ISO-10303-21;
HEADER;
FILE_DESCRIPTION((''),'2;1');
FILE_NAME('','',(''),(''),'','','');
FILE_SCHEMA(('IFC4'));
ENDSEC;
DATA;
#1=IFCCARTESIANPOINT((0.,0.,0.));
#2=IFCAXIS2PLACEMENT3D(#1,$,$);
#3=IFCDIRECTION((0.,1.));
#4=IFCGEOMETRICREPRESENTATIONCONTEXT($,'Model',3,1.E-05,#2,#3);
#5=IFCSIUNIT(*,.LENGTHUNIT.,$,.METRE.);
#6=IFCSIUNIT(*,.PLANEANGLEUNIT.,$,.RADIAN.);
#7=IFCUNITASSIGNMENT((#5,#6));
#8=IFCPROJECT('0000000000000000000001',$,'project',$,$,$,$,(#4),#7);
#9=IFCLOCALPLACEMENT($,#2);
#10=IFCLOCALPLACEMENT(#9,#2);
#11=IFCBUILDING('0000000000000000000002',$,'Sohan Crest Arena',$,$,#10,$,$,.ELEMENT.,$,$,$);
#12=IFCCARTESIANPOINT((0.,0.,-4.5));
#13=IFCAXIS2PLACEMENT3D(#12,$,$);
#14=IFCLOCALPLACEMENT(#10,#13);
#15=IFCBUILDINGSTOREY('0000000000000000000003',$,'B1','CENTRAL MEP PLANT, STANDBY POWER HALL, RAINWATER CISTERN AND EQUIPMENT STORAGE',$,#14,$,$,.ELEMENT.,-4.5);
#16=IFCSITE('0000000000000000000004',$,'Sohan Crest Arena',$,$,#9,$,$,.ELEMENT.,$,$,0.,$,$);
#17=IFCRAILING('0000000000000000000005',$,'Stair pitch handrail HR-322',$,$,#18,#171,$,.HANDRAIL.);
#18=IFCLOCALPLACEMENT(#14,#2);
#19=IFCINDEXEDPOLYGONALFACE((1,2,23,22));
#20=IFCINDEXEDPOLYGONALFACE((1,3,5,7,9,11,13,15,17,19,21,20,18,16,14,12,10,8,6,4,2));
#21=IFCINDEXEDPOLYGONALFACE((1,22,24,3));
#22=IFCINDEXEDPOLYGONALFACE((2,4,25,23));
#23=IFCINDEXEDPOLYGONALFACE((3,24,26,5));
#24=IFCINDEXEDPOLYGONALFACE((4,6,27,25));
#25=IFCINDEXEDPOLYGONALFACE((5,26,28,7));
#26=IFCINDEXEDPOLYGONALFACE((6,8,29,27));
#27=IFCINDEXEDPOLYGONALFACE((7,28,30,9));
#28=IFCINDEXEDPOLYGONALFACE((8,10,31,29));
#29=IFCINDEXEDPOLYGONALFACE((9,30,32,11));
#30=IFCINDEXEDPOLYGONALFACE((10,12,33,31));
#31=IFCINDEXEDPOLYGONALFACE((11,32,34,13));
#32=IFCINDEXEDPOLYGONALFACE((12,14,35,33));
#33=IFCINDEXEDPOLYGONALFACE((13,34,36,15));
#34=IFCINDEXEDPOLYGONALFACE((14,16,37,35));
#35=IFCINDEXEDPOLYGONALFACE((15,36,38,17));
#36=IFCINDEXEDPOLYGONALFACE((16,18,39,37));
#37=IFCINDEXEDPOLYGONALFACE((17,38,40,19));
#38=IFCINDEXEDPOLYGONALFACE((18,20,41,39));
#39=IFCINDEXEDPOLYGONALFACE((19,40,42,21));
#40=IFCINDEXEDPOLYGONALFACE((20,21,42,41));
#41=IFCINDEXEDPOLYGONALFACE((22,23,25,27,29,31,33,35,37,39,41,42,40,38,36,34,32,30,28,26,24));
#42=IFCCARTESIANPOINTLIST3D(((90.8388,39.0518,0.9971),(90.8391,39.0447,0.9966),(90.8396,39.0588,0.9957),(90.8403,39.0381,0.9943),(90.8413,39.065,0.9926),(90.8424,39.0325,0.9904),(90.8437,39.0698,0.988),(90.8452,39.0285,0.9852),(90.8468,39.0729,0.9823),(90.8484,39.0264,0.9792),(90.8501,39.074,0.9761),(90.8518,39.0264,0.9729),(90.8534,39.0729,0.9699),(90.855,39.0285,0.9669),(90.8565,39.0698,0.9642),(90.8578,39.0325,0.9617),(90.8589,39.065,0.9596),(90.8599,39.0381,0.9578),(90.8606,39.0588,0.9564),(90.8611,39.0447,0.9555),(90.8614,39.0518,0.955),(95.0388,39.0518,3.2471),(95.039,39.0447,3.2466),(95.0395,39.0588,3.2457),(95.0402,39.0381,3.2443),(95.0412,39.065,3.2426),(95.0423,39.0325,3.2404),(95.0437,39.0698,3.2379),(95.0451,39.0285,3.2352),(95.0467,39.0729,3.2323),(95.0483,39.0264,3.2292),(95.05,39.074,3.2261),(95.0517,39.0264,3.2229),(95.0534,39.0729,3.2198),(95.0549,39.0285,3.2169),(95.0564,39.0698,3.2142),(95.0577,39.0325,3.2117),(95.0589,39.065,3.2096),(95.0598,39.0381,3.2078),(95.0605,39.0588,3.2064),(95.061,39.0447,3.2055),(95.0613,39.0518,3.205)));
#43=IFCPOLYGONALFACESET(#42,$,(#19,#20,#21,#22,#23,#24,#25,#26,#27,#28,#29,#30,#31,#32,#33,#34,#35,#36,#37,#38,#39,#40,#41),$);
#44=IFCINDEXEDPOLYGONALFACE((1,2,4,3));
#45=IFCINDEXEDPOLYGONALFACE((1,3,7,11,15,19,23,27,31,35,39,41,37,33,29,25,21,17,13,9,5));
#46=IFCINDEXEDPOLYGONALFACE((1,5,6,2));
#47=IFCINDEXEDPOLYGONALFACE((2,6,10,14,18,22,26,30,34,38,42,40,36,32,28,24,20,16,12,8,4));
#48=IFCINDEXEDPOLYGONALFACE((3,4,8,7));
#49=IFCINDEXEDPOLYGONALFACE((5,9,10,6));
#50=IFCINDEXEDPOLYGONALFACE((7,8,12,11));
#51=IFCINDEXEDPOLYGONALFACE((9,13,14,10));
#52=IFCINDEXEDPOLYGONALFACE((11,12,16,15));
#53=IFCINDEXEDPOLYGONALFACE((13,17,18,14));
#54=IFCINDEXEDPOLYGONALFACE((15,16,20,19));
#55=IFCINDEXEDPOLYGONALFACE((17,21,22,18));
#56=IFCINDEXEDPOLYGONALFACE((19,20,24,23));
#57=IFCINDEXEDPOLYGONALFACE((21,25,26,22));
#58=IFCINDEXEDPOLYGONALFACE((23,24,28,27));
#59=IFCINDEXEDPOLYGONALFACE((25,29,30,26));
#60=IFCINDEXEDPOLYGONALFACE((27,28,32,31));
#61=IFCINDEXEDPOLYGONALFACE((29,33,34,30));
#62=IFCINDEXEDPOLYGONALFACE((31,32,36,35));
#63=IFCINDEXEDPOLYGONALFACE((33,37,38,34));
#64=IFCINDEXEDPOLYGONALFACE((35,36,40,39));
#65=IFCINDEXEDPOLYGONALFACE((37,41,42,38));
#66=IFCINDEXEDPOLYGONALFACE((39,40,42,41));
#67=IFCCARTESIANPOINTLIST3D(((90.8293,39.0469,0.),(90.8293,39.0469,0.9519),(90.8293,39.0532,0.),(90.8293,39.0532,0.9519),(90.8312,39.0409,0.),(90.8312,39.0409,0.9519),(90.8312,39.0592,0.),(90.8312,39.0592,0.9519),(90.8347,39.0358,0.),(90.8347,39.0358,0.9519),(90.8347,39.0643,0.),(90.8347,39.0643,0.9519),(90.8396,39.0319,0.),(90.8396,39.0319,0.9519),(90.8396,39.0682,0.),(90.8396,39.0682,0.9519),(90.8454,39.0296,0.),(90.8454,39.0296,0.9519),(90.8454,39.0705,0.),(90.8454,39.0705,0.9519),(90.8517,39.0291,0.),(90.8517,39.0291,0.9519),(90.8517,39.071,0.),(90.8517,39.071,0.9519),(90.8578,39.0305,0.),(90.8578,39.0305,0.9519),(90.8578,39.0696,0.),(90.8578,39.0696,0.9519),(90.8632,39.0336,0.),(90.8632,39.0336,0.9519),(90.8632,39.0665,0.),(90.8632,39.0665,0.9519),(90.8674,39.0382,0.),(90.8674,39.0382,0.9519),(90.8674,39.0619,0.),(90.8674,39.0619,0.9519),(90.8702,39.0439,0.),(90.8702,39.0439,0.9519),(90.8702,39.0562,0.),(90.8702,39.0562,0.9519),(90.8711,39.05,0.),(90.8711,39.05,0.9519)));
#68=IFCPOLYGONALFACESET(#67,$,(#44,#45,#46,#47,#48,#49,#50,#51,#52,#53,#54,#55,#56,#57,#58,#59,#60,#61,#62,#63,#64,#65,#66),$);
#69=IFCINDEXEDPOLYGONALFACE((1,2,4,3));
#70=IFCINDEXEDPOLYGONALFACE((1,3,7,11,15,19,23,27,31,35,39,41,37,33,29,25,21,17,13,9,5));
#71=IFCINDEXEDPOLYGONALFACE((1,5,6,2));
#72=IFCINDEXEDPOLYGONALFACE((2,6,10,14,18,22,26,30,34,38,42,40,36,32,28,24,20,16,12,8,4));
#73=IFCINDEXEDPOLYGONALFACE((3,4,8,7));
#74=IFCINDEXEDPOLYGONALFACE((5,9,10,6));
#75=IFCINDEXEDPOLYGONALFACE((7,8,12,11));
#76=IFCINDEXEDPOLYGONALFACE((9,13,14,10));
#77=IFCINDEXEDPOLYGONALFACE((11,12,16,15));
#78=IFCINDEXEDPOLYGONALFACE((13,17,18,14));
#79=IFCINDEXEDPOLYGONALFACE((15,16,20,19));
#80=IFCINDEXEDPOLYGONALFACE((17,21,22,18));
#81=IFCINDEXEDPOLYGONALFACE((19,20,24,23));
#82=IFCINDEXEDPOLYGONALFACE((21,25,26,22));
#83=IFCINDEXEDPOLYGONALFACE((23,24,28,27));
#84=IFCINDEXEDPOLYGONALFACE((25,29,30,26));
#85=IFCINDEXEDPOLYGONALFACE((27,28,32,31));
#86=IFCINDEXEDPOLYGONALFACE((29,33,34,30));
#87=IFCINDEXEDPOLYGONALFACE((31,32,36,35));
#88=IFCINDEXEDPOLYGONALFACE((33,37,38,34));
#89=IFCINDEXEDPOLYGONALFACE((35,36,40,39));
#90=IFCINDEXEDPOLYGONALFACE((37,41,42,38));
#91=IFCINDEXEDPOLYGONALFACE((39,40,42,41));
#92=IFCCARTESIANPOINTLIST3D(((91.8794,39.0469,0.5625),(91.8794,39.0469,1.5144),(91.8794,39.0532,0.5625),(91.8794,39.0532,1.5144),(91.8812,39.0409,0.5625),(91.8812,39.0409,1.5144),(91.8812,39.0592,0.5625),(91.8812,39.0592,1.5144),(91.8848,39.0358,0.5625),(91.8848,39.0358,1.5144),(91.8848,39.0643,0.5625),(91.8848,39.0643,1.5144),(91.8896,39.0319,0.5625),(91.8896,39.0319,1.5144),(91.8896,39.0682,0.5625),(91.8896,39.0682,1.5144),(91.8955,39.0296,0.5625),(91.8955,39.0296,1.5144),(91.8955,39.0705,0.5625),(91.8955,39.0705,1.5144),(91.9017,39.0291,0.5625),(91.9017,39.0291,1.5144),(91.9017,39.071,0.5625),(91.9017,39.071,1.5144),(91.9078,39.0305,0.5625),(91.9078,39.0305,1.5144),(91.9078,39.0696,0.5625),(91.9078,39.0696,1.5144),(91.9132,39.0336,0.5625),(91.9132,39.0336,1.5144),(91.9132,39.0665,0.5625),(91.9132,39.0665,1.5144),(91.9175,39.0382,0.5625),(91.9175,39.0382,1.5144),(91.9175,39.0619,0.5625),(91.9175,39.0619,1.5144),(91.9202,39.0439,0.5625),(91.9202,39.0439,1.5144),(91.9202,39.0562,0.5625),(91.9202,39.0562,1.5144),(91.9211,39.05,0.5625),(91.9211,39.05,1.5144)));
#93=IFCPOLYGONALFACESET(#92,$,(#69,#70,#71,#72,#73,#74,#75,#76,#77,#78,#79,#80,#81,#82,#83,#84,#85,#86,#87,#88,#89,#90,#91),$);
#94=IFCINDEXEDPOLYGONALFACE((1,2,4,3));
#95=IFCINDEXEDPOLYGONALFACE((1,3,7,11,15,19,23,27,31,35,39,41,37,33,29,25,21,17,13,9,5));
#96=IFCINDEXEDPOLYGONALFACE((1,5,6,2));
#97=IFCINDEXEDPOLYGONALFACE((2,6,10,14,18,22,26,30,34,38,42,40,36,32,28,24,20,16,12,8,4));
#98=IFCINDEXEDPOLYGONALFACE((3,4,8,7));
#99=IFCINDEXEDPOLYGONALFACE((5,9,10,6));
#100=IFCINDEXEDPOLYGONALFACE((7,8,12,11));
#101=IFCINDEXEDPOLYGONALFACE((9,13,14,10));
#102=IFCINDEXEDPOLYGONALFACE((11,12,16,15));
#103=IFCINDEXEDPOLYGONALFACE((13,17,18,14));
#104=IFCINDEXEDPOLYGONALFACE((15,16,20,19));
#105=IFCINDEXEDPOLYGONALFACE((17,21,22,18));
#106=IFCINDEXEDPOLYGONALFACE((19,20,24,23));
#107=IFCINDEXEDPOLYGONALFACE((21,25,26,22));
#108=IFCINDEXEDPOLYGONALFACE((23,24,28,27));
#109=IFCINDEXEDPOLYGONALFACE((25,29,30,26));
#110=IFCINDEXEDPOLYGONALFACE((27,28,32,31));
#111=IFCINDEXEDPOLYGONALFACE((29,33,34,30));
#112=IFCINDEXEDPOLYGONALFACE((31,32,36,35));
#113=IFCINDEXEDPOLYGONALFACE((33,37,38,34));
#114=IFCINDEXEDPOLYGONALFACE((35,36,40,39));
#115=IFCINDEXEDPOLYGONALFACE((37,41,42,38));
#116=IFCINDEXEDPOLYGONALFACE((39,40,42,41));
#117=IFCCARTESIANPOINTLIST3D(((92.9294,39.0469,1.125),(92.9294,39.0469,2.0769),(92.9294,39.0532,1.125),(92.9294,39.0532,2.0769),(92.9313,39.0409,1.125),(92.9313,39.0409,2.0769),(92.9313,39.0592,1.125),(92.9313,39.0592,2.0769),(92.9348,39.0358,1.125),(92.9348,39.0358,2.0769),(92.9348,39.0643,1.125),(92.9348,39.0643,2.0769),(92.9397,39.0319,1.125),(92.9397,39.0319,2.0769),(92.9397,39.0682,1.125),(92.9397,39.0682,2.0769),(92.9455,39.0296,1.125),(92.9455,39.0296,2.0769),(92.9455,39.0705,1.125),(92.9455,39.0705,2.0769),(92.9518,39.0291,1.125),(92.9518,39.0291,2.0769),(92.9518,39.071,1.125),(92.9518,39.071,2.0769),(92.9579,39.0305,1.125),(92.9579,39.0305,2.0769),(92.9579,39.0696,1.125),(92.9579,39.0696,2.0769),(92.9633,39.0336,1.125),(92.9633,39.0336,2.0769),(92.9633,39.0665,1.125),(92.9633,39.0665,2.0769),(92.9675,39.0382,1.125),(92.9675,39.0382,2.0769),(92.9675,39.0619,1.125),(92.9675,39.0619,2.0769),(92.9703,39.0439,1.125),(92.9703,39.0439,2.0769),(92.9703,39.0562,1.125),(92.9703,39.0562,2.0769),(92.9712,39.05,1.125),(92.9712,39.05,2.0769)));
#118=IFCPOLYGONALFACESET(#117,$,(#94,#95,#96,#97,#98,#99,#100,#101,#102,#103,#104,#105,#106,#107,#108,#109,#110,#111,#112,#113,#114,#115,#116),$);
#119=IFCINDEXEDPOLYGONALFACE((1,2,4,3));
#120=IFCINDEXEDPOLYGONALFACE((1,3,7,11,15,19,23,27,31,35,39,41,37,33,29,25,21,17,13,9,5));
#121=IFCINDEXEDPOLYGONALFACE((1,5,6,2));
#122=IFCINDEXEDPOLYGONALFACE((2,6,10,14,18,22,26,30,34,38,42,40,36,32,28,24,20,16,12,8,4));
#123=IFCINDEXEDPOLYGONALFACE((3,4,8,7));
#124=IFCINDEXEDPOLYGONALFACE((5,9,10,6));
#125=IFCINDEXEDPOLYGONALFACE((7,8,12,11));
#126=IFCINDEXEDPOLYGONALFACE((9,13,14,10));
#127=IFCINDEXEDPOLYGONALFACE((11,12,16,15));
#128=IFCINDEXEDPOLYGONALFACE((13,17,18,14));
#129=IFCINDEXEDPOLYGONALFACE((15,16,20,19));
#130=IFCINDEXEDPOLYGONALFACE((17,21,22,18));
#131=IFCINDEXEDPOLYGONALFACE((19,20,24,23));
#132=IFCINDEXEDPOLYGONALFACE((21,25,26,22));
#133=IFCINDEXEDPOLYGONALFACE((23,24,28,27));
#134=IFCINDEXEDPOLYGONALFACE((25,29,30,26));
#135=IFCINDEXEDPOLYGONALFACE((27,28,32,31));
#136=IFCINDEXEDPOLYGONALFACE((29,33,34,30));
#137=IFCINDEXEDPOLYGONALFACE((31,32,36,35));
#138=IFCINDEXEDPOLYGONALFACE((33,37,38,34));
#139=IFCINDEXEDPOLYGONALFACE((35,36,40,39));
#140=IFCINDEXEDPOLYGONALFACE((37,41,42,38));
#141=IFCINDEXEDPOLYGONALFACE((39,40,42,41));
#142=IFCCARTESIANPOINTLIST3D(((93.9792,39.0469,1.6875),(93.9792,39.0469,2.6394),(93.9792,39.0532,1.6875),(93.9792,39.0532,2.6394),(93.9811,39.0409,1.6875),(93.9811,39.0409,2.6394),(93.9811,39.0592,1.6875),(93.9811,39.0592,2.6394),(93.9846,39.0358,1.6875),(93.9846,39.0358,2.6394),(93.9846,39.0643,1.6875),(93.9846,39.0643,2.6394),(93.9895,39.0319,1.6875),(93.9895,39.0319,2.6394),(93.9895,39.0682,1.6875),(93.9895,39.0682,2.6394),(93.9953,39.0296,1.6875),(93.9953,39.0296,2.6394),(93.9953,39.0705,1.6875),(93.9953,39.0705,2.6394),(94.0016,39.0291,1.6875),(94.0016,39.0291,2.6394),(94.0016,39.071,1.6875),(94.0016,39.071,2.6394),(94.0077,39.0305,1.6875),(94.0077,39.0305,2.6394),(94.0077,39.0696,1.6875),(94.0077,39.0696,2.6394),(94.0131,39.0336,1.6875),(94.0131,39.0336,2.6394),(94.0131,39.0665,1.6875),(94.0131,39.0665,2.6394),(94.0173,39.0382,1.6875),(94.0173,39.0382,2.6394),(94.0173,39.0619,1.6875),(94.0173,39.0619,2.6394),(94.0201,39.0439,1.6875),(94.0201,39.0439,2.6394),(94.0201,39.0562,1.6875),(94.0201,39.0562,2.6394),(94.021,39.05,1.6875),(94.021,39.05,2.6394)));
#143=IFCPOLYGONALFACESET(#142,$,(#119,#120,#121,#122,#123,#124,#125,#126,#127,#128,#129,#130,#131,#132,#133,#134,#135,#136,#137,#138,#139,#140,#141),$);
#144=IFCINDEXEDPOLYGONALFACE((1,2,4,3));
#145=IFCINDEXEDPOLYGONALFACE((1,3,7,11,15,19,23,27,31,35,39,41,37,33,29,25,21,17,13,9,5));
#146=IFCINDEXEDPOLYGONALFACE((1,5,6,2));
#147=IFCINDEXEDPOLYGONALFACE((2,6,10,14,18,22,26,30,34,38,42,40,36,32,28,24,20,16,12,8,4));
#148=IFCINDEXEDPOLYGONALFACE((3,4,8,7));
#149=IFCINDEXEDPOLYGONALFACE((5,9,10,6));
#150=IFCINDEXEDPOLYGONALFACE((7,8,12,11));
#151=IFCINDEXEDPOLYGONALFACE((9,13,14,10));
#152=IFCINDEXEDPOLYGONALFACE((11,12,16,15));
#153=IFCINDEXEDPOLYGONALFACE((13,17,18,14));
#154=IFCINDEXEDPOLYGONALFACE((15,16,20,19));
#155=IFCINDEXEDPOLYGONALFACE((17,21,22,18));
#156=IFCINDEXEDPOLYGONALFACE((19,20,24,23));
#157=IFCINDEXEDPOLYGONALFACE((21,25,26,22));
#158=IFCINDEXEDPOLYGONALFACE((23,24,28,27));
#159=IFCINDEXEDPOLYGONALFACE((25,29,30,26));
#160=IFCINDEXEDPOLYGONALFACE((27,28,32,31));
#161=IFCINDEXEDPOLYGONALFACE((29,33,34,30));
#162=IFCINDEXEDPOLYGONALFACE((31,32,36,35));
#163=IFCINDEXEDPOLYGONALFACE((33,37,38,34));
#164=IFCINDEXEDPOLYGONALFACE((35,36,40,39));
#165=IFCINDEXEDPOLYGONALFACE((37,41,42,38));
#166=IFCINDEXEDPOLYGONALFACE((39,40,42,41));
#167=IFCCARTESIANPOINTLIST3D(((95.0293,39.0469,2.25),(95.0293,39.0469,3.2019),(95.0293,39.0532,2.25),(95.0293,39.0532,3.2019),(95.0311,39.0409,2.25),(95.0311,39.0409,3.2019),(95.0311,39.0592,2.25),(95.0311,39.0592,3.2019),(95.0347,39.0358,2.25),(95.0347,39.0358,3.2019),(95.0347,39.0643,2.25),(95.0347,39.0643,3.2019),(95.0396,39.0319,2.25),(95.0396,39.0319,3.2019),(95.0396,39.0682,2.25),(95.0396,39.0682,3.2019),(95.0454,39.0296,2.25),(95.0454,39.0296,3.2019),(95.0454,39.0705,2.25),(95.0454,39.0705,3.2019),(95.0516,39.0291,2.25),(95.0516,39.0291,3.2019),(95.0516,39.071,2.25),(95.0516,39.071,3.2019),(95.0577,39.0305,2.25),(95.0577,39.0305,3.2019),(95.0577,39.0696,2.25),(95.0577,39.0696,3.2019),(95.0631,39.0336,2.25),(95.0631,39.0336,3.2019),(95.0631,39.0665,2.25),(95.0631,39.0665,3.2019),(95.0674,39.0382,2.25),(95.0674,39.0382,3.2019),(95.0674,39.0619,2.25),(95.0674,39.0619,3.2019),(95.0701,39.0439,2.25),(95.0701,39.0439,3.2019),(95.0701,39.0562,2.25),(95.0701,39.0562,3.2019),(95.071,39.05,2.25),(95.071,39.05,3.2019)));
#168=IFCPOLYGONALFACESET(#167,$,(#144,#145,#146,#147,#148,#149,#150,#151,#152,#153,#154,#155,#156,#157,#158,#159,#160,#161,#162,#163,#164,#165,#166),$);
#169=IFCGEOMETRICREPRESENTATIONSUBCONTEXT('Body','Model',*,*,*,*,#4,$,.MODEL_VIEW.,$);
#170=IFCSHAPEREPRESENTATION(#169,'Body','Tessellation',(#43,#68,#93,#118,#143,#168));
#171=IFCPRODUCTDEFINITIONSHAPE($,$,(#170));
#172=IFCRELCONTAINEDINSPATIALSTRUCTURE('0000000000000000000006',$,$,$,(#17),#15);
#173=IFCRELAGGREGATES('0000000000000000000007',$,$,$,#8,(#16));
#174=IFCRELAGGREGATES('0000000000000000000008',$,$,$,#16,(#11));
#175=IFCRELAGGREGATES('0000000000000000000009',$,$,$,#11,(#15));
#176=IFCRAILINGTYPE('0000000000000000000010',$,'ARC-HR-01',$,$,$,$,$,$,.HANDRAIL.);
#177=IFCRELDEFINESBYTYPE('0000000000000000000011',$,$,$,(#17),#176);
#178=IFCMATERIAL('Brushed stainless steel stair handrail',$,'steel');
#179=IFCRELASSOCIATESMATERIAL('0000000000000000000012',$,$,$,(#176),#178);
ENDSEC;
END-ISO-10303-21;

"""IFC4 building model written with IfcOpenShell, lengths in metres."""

from ifc_helpers import new_model, si_unit, direction, frame, origin, origin_2d, place, context, subcontext, project, spatial, circle, extrude, material, type_object, element, save


model = new_model("IFC4")

# Units and contexts
model_context = context("Model", 3, precision=1e-05, world=origin(), true_north=direction((0.0, 1.0)))
body_context = subcontext(model_context, "Body", "Model", "MODEL_VIEW")
ifc_project = project(units=[si_unit("LENGTHUNIT", "METRE"), si_unit("PLANEANGLEUNIT", "RADIAN")], contexts=[model_context])

# Site, building, storey
site_placement = place(None, origin())
site = spatial("IfcSite", under=ifc_project, at=site_placement, Name="Sohan Crest Arena", CompositionType="ELEMENT", RefElevation=0.0)
building_placement = place(site_placement, origin())
building = spatial("IfcBuilding", under=site, at=building_placement, Name="Sohan Crest Arena", CompositionType="ELEMENT")
storey_placement = place(building_placement, frame((0.0, 0.0, -4.5)))
storey = spatial("IfcBuildingStorey", under=building, at=storey_placement, Name="B1", Description="CENTRAL MEP PLANT, STANDBY POWER HALL, RAINWATER CISTERN AND EQUIPMENT STORAGE", CompositionType="ELEMENT", Elevation=-4.5)

# Railing
ifc_material_1 = material(Name="Brushed stainless steel stair handrail", Category="steel")
railing_type_1 = type_object("IfcRailingType", Name="ARC-HR-01", PredefinedType="HANDRAIL", material=ifc_material_1)
for number, where, name in (
    (1, (90.8501, 39.05, 0.0), "Stair pitch handrail HR-322"),
):
    element("IfcRailing", number, at=place(storey_placement, frame(where)), inside=storey, type_object=railing_type_1, Name=name, PredefinedType="HANDRAIL", context=body_context, shape_type="SweptSolid", body=[
        extrude(circle(Radius=0.0239, at=origin_2d()), frame((0.0, 0.0, 0.9761), z_axis=(0.881478, 0.0, 0.472226), x_axis=(0.0, 1.0, 0.0)), (0.0, 0.0, 1.0), 4.7646),
        extrude(circle(Radius=0.021, at=origin_2d()), origin(), (0.0, 0.0, 1.0), 0.9519),
        extrude(circle(Radius=0.021, at=origin_2d()), frame((1.05, 0.0, 0.5625)), (0.0, 0.0, 1.0), 0.9519),
        extrude(circle(Radius=0.021, at=origin_2d()), frame((2.1001, 0.0, 1.125)), (0.0, 0.0, 1.0), 0.9519),
        extrude(circle(Radius=0.021, at=origin_2d()), frame((3.1499, 0.0, 1.6875)), (0.0, 0.0, 1.0), 0.9519),
        extrude(circle(Radius=0.021, at=origin_2d()), frame((4.2, 0.0, 2.25)), (0.0, 0.0, 1.0), 0.9519),
    ])

save(model, "model.ifc")
